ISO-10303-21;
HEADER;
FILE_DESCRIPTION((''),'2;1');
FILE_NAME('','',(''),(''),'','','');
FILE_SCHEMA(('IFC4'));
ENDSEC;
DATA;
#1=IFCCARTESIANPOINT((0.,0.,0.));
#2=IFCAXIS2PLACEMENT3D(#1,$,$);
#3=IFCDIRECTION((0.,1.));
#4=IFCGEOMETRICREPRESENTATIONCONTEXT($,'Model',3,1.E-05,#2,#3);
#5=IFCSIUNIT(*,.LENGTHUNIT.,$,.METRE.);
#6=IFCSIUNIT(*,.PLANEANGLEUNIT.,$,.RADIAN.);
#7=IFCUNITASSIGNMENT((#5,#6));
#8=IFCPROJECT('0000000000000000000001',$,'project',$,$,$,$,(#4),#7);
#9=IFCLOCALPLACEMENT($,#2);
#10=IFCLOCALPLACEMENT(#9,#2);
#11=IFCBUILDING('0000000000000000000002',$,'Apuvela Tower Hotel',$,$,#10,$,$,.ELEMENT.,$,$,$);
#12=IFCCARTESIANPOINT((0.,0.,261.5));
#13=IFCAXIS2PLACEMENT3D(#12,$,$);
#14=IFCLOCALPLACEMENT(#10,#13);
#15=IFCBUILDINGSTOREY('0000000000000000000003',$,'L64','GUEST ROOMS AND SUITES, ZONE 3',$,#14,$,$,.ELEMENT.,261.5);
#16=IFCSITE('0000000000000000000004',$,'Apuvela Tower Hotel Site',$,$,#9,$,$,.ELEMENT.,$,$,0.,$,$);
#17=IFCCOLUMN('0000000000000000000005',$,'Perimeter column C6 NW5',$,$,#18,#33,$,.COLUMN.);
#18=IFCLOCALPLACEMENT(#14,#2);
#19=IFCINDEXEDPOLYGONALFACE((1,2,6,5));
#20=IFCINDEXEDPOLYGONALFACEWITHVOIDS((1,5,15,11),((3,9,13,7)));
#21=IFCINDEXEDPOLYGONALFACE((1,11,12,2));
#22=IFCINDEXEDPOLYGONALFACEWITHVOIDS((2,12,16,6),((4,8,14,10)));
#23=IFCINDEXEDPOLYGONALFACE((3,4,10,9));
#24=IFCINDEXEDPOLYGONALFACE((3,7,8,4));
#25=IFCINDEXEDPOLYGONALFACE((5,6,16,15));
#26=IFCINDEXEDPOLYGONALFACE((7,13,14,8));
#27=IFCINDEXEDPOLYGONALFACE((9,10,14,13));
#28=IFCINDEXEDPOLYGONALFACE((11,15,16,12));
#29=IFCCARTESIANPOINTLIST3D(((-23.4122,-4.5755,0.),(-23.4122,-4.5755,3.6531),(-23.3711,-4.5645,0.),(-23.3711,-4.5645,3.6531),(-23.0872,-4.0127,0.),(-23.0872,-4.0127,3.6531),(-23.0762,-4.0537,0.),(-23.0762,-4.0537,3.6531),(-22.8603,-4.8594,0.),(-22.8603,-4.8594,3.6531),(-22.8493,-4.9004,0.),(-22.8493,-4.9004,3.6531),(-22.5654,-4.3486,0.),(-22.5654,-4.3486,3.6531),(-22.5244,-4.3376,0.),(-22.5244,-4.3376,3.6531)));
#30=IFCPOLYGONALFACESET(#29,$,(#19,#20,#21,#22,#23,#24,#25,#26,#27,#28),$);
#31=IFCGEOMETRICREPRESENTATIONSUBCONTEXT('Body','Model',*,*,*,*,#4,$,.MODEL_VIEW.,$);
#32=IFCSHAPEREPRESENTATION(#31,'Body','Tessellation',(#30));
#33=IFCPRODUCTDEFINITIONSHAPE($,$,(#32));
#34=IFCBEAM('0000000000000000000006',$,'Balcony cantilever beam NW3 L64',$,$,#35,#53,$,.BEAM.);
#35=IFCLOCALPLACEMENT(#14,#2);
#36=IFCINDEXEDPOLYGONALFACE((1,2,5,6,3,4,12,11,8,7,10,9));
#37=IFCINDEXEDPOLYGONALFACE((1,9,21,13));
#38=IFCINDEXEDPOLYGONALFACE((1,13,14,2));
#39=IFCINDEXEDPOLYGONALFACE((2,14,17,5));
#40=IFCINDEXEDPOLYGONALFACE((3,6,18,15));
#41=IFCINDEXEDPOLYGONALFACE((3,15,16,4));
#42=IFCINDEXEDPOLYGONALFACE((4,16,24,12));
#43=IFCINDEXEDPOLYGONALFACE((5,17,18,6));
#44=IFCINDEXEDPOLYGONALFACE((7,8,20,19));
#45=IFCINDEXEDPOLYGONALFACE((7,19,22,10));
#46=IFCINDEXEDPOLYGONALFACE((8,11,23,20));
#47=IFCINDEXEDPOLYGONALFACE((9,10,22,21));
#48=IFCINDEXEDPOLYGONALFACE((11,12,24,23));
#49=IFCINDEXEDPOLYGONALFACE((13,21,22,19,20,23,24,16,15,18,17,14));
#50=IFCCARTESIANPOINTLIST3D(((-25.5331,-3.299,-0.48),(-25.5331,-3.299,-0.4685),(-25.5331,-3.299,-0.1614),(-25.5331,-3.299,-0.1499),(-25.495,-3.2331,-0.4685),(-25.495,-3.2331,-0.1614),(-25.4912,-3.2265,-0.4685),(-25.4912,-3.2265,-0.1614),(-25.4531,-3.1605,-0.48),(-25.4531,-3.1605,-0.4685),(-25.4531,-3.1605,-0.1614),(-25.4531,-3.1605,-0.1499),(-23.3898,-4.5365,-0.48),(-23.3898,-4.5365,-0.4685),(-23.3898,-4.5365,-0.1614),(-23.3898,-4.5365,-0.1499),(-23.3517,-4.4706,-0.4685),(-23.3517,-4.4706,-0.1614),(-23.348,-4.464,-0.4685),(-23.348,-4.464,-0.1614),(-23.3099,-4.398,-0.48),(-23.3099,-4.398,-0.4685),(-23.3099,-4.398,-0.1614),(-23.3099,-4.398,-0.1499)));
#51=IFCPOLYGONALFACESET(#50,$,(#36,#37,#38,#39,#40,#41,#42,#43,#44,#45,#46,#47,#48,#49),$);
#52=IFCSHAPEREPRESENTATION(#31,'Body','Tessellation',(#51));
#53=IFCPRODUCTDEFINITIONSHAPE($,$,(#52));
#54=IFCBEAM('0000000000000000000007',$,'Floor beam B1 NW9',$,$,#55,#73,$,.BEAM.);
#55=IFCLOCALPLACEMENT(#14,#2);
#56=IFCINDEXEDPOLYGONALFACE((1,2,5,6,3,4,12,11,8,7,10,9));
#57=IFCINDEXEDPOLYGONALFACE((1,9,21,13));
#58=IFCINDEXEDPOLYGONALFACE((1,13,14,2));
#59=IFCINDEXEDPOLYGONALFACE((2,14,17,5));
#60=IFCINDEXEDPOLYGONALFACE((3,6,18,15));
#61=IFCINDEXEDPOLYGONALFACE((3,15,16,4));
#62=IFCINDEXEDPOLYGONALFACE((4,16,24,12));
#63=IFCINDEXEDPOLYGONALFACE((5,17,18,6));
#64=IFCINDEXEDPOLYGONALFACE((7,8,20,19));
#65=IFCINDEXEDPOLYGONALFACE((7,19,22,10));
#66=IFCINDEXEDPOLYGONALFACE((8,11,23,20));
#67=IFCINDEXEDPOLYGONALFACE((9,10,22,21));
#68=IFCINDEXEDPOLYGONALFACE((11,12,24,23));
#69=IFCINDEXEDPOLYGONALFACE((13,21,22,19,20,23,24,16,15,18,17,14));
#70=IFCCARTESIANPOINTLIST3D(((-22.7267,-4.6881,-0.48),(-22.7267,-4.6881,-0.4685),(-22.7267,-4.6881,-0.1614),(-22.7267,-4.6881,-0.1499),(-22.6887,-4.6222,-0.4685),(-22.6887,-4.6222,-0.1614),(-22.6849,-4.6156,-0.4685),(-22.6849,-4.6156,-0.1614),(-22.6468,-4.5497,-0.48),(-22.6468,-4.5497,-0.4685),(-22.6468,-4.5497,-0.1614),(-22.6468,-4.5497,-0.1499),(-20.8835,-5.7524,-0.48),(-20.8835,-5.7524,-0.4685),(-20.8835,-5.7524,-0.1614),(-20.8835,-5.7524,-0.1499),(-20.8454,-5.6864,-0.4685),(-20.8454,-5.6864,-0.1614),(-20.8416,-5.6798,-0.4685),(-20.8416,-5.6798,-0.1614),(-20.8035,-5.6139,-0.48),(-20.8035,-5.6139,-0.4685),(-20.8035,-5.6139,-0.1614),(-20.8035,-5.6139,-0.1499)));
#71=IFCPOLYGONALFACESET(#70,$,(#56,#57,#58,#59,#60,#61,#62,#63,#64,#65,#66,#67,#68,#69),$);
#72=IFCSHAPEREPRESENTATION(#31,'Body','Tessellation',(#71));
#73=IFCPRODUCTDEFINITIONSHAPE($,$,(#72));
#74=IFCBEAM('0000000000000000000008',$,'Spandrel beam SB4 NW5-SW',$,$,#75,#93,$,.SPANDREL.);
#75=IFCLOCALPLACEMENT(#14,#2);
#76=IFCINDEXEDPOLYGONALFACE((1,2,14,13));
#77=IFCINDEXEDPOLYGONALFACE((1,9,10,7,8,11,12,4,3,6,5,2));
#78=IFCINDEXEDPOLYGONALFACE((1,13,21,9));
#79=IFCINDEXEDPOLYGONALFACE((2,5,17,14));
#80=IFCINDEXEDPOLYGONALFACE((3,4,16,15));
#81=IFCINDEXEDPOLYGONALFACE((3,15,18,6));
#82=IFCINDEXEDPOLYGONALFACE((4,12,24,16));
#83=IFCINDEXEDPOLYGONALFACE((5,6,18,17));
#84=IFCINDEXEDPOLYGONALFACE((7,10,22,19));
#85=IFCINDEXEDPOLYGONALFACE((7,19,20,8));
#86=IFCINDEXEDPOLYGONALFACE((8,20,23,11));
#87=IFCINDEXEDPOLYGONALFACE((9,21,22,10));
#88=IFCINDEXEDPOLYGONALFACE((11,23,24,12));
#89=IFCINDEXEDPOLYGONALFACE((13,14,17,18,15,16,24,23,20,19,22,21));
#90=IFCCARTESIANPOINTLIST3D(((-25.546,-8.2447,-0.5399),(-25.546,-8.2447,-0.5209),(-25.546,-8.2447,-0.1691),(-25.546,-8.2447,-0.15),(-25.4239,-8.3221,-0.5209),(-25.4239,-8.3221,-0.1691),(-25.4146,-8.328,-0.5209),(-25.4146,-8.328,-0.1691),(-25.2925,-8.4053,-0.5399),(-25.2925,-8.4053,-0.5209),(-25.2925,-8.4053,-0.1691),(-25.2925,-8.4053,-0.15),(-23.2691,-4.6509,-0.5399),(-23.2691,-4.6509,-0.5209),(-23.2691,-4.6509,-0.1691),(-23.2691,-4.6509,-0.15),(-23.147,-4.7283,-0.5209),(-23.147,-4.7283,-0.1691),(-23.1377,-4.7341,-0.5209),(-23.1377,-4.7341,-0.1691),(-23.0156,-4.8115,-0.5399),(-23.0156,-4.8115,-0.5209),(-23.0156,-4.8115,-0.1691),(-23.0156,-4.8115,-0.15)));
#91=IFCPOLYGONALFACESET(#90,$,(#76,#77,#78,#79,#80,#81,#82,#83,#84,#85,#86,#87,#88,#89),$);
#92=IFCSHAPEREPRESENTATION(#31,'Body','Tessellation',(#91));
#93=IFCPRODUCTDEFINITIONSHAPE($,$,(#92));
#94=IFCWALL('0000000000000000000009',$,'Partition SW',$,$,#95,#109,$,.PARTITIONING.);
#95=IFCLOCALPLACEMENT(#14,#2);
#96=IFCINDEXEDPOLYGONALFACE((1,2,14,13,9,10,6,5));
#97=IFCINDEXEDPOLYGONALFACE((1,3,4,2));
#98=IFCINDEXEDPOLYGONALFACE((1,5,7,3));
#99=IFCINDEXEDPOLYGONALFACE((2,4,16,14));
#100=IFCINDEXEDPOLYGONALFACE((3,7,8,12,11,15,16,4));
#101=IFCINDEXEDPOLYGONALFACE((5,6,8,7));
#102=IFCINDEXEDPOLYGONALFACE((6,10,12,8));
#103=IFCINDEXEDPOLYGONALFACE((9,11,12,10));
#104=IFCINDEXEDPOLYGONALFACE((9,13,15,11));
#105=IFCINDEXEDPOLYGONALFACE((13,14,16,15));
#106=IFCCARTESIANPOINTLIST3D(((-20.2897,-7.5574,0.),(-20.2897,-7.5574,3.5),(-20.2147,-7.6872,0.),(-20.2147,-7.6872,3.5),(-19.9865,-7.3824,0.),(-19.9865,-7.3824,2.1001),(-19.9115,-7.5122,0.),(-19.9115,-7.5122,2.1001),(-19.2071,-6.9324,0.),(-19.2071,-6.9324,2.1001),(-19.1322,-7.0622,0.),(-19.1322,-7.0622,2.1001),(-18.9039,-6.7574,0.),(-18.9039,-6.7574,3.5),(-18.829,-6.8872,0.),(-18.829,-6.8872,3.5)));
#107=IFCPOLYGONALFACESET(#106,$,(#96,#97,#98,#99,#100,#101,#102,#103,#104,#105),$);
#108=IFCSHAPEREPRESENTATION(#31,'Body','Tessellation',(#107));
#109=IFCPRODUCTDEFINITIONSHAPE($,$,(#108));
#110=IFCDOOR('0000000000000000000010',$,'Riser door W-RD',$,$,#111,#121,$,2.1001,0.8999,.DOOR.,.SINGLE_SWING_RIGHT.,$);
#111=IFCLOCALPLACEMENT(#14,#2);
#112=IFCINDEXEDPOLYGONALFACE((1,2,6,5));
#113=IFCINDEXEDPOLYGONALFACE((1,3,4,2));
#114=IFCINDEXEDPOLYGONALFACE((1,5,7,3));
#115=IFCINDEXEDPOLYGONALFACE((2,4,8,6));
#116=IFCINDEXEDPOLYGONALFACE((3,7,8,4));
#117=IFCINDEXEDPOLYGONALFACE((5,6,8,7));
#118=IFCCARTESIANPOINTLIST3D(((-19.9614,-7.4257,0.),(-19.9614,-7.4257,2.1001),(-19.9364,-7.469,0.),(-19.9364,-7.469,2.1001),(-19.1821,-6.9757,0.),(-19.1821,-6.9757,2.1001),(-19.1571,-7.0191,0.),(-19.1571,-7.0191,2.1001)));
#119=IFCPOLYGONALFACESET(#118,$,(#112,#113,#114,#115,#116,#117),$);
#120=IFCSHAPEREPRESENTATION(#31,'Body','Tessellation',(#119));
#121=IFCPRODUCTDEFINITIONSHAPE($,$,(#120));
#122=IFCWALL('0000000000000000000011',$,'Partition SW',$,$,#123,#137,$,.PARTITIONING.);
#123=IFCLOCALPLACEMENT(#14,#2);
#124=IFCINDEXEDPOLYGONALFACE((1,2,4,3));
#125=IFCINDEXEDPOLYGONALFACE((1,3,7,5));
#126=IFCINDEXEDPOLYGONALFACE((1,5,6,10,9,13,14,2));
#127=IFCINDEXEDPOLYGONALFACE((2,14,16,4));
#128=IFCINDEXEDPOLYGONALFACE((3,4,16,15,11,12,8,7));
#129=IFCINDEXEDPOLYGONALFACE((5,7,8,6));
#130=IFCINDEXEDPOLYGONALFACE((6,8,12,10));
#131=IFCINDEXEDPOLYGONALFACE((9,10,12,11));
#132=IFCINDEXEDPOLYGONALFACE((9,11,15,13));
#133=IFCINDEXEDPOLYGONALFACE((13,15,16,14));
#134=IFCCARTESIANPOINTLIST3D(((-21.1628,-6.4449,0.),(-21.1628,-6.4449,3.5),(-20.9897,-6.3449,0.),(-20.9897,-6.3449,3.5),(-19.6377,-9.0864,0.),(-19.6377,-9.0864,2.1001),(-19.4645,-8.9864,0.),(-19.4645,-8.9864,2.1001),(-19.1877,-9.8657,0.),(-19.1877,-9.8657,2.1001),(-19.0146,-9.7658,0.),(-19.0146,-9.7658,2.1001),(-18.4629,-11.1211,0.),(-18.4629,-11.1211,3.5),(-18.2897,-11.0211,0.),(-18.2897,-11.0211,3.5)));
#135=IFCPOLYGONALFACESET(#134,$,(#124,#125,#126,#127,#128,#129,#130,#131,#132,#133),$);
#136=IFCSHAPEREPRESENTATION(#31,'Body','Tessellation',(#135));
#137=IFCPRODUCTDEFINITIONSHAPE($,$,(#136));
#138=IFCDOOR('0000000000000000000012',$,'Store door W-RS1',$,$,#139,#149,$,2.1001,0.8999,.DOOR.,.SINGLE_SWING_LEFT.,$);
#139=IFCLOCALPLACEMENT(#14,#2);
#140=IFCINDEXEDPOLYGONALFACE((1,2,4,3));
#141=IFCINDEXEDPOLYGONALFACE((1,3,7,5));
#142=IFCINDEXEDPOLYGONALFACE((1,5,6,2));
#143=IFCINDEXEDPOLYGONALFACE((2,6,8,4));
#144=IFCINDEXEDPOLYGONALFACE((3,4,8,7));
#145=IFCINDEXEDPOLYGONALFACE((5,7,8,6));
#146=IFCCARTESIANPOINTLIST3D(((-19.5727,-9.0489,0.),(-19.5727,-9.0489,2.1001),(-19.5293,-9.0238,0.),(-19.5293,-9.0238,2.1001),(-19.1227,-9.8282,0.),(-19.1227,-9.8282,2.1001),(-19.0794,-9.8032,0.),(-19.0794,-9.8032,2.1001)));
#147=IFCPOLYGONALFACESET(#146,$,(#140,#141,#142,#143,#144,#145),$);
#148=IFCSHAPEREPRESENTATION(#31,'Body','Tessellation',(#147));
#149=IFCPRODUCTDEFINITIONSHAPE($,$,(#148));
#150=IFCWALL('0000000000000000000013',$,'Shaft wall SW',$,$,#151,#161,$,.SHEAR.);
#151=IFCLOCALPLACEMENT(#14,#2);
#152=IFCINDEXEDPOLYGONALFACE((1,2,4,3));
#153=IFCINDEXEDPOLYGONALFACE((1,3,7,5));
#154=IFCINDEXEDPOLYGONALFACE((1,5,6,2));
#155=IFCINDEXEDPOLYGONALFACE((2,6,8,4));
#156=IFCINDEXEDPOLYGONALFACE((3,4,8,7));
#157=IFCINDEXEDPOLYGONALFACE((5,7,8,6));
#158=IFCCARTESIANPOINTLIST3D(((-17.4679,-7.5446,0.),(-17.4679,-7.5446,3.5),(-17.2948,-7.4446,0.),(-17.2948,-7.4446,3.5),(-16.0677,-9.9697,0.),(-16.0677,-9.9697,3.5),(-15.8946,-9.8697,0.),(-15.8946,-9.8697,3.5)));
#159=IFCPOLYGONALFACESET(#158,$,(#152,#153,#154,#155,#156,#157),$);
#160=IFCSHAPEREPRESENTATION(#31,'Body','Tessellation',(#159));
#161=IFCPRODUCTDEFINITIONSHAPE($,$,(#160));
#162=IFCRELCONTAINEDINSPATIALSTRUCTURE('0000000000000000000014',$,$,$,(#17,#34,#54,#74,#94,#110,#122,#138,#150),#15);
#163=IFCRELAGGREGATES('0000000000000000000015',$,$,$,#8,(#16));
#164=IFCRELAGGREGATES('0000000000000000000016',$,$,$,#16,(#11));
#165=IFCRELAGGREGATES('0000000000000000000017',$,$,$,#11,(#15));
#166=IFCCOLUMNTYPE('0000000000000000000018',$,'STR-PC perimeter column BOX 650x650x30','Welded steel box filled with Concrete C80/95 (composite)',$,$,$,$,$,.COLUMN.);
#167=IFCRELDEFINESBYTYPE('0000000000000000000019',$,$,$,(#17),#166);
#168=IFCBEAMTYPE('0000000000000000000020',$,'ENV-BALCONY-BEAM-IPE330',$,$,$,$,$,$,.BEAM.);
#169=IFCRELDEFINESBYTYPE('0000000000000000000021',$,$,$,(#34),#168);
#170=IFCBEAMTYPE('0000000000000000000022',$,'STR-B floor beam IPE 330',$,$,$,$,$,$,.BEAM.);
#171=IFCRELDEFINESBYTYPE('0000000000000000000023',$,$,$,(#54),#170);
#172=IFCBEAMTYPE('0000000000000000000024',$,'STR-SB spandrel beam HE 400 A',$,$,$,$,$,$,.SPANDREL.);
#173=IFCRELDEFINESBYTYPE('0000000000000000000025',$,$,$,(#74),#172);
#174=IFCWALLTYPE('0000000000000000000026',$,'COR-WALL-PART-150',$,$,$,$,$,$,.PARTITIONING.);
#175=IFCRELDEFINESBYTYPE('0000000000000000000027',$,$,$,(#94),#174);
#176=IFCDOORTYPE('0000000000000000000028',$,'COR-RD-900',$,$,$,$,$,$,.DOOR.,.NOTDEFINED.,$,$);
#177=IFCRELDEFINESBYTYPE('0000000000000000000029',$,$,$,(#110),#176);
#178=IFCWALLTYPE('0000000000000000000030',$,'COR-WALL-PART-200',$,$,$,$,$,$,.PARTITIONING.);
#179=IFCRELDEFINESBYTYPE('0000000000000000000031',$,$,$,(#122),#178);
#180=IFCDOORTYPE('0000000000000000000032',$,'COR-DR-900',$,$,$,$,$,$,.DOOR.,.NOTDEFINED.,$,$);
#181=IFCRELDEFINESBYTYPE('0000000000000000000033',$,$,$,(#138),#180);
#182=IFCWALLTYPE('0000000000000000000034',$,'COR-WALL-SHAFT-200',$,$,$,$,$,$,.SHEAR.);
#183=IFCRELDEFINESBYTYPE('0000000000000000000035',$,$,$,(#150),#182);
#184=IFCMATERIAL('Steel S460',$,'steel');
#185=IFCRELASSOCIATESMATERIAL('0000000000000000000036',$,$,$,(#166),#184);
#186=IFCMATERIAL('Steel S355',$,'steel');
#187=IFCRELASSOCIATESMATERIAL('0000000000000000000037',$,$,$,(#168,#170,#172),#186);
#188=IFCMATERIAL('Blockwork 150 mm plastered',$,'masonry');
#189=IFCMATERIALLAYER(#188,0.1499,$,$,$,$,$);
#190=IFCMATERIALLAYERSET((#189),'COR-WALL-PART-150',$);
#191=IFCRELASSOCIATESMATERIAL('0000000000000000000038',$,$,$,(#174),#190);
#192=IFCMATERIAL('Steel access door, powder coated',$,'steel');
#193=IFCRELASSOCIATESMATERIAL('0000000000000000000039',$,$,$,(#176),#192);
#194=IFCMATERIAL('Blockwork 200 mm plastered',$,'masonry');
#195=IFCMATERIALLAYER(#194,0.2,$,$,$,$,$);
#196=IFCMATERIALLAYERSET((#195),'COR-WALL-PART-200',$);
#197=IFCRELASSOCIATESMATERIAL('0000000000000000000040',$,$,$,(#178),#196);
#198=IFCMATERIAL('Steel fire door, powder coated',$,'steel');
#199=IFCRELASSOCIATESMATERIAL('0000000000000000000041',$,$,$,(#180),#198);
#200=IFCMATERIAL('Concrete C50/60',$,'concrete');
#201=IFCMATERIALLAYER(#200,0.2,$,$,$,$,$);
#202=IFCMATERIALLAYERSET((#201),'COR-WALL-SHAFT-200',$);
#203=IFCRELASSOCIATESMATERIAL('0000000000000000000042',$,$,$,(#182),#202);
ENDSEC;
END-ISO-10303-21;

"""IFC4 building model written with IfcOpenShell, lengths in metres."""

from ifc_helpers import new_model, si_unit, direction, frame, frame_2d, origin, origin_2d, place, context, subcontext, project, spatial, rectangle, hollow_rectangle, i_section, extrude, boolean, halfspace, material, layer, layer_set, material_profile, profile_set, type_object, element, fill, save


model = new_model("IFC4")

# Units and contexts
model_context = context("Model", 3, precision=1e-05, world=origin(), true_north=direction((0.0, 1.0)))
body_context = subcontext(model_context, "Body", "Model", "MODEL_VIEW")
ifc_project = project(units=[si_unit("LENGTHUNIT", "METRE"), si_unit("PLANEANGLEUNIT", "RADIAN")], contexts=[model_context])

# Site, building, storey
site_placement = place(None, origin())
site = spatial("IfcSite", under=ifc_project, at=site_placement, Name="Apuvela Tower Hotel Site", CompositionType="ELEMENT", RefElevation=0.0)
building_placement = place(site_placement, origin())
building = spatial("IfcBuilding", under=site, at=building_placement, Name="Apuvela Tower Hotel", CompositionType="ELEMENT")
storey_placement = place(building_placement, frame((0.0, 0.0, 261.5)))
storey = spatial("IfcBuildingStorey", under=building, at=storey_placement, Name="L64", Description="GUEST ROOMS AND SUITES, ZONE 3", CompositionType="ELEMENT", Elevation=261.5)

# Column
ifc_material_1 = material(Name="Steel S460", Category="steel")
ifc_material_profile_1 = material_profile(ifc_material_1, hollow_rectangle(XDim=0.6499, YDim=0.6499, WallThickness=0.03, at=origin_2d()), Name="BOX 650x650x30")
ifc_material_2 = material(Name="Concrete C80/95", Category="concrete")
ifc_material_profile_2 = material_profile(ifc_material_2, rectangle(XDim=0.5901, YDim=0.5901, at=origin_2d()), Name="Concrete C80/95 infill")
ifc_profile_set_1 = profile_set([ifc_material_profile_1, ifc_material_profile_2], Name="Steel S460")
column_type = type_object("IfcColumnType", Name="STR-PC perimeter column BOX 650x650x30", Description="Welded steel box filled with Concrete C80/95 (composite)", PredefinedType="COLUMN", material=ifc_profile_set_1)
column_placement = place(storey_placement, frame((-22.9683, -4.4565, 0.0), z_axis=(0.0, 0.0, 1.0), x_axis=(0.5, 0.866025, 0.0)))
element("IfcColumn", 1, at=column_placement, inside=storey, type_object=column_type, Name="Perimeter column C6 NW5", PredefinedType="COLUMN", context=body_context, shape_type="SweptSolid", body=[
    boolean("DIFFERENCE", extrude(hollow_rectangle(XDim=0.6499, YDim=0.6499, WallThickness=0.03, at=origin_2d()), origin(), (0.0, 0.0, 1.0), 3.7), halfspace(frame((0.0, 0.0, 3.6531), z_axis=(0.0, 0.0, 1.0), x_axis=(1.0, 0.0, 0.0)), False)),
])

# Beams
ifc_material_3 = material(Name="Steel S355", Category="steel")
ifc_material_profile_3 = material_profile(ifc_material_3, i_section(OverallWidth=0.1599, OverallDepth=0.3301, WebThickness=0.0076, FlangeThickness=0.0115, at=origin_2d()), Name="IPE 330")
ifc_profile_set_2 = profile_set([ifc_material_profile_3], Name="Steel S355")
beam_type_1 = type_object("IfcBeamType", Name="ENV-BALCONY-BEAM-IPE330", PredefinedType="BEAM", material=ifc_profile_set_2)
beam_1_placement = place(storey_placement, frame((-23.3499, -4.4673, -0.3149), z_axis=(-0.866007, 0.500033, 0.0), x_axis=(-0.500033, -0.866007, 0.0)))
element("IfcBeam", 2, at=beam_1_placement, inside=storey, type_object=beam_type_1, Name="Balcony cantilever beam NW3 L64", PredefinedType="BEAM", context=body_context, shape_type="SweptSolid", body=[
    extrude(i_section(OverallWidth=0.1599, OverallDepth=0.3301, WebThickness=0.0076, FlangeThickness=0.0115, at=origin_2d()), origin(), (0.0, 0.0, 1.0), 2.4749),
])
ifc_material_profile_4 = material_profile(ifc_material_3, i_section(OverallWidth=0.1599, OverallDepth=0.3301, WebThickness=0.0076, FlangeThickness=0.0115, at=origin_2d()), Name="IPE 330")
ifc_profile_set_3 = profile_set([ifc_material_profile_4], Name="Steel S355")
beam_type_2 = type_object("IfcBeamType", Name="STR-B floor beam IPE 330", PredefinedType="BEAM", material=ifc_profile_set_3)
beam_2_placement = place(storey_placement, frame((-22.6868, -4.6189, -0.3149), z_axis=(0.866025, -0.5, 0.0), x_axis=(0.5, 0.866025, 0.0)))
element("IfcBeam", 3, at=beam_2_placement, inside=storey, type_object=beam_type_2, Name="Floor beam B1 NW9", PredefinedType="BEAM", context=body_context, shape_type="SweptSolid", body=[
    extrude(i_section(OverallWidth=0.1599, OverallDepth=0.3301, WebThickness=0.0076, FlangeThickness=0.0115, at=origin_2d()), origin(), (0.0, 0.0, 1.0), 2.1284),
])
ifc_material_profile_5 = material_profile(ifc_material_3, i_section(OverallWidth=0.3, OverallDepth=0.3899, WebThickness=0.011, FlangeThickness=0.019, at=origin_2d()), Name="HE 400 A")
ifc_profile_set_4 = profile_set([ifc_material_profile_5], Name="Steel S355")
beam_type_3 = type_object("IfcBeamType", Name="STR-SB spandrel beam HE 400 A", PredefinedType="SPANDREL", material=ifc_profile_set_4)
beam_3_placement = place(storey_placement, frame((-23.1423, -4.7312, -0.345), z_axis=(-0.535189, -0.844733, 0.0), x_axis=(0.844733, -0.535189, 0.0)))
element("IfcBeam", 4, at=beam_3_placement, inside=storey, type_object=beam_type_3, Name="Spandrel beam SB4 NW5-SW", PredefinedType="SPANDREL", context=body_context, shape_type="SweptSolid", body=[
    extrude(i_section(OverallWidth=0.3, OverallDepth=0.3899, WebThickness=0.011, FlangeThickness=0.019, at=origin_2d()), origin(), (0.0, 0.0, 1.0), 4.2544),
])

# Walls, openings, doors
ifc_material_4 = material(Name="Blockwork 150 mm plastered", Category="masonry")
ifc_layer_1 = layer(ifc_material_4, 0.1499)
ifc_layer_set_1 = layer_set([ifc_layer_1], Name="COR-WALL-PART-150")
wall_type_1 = type_object("IfcWallType", Name="COR-WALL-PART-150", PredefinedType="PARTITIONING", material=ifc_layer_set_1)
wall_1_placement = place(storey_placement, frame((-18.8665, -6.8223, 0.0), z_axis=(0.0, 0.0, 1.0), x_axis=(-0.866028, -0.499995, 0.0)))
wall_1 = element("IfcWall", 5, at=wall_1_placement, inside=storey, type_object=wall_type_1, Name="Partition SW", PredefinedType="PARTITIONING", context=body_context, shape_type="SweptSolid", body=[
    extrude(rectangle(XDim=1.6001, YDim=0.1499, at=frame_2d((0.8, 0.0))), origin(), (0.0, 0.0, 1.0), 3.5),
])
opening_1_placement = place(wall_1_placement, frame((0.3501, 0.0, 0.0)))
opening_1 = element("IfcOpeningElement", 6, at=opening_1_placement, cuts=wall_1, PredefinedType="OPENING", context=body_context, shape_type="SweptSolid", body=[
    extrude(rectangle(XDim=0.8999, YDim=2.1001, at=frame_2d((0.45, 1.05))), frame((0.0, 0.085, 0.0), z_axis=(0.0, -1.0, 0.0), x_axis=(1.0, 0.0, 0.0)), (0.0, 0.0, 1.0), 0.1699),
])
ifc_material_5 = material(Name="Steel access door, powder coated", Category="steel")
door_type_1 = type_object("IfcDoorType", Name="COR-RD-900", OperationType="NOTDEFINED", PredefinedType="DOOR", material=ifc_material_5)
door_1_placement = place(opening_1_placement, frame((0.8999, 0.0, 0.0), z_axis=(0.0, 0.0, 1.0), x_axis=(-1.0, 0.0, 0.0)))
door_1 = element("IfcDoor", 7, at=door_1_placement, inside=storey, type_object=door_type_1, Name="Riser door W-RD", OperationType="SINGLE_SWING_RIGHT", OverallHeight=2.1001, OverallWidth=0.8999, PredefinedType="DOOR", context=body_context, shape_type="SweptSolid", body=[
    extrude(rectangle(XDim=0.8999, YDim=2.1001, at=frame_2d((0.45, 1.05))), frame((0.0, 0.0249, 0.0), z_axis=(0.0, -1.0, 0.0), x_axis=(1.0, 0.0, 0.0)), (0.0, 0.0, 1.0), 0.05),
])
fill(opening_1, door_1)
ifc_material_6 = material(Name="Blockwork 200 mm plastered", Category="masonry")
ifc_layer_2 = layer(ifc_material_6, 0.2)
ifc_layer_set_2 = layer_set([ifc_layer_2], Name="COR-WALL-PART-200")
wall_type_2 = type_object("IfcWallType", Name="COR-WALL-PART-200", PredefinedType="PARTITIONING", material=ifc_layer_set_2)
wall_2_placement = place(storey_placement, frame((-21.0762, -6.395, 0.0), z_axis=(0.0, 0.0, 1.0), x_axis=(0.500015, -0.866017, 0.0)))
wall_2 = element("IfcWall", 8, at=wall_2_placement, inside=storey, type_object=wall_type_2, Name="Partition SW", PredefinedType="PARTITIONING", context=body_context, shape_type="SweptSolid", body=[
    extrude(rectangle(XDim=5.3997, YDim=0.2, at=frame_2d((2.6997, 0.0))), origin(), (0.0, 0.0, 1.0), 3.5),
])
opening_2_placement = place(wall_2_placement, frame((3.05, 0.0, 0.0)))
opening_2 = element("IfcOpeningElement", 9, at=opening_2_placement, cuts=wall_2, PredefinedType="OPENING", context=body_context, shape_type="SweptSolid", body=[
    extrude(rectangle(XDim=0.8999, YDim=2.1001, at=frame_2d((0.45, 1.05))), frame((0.0, 0.1099, 0.0), z_axis=(0.0, -1.0, 0.0), x_axis=(1.0, 0.0, 0.0)), (0.0, 0.0, 1.0), 0.22),
])
ifc_material_7 = material(Name="Steel fire door, powder coated", Category="steel")
door_type_2 = type_object("IfcDoorType", Name="COR-DR-900", OperationType="NOTDEFINED", PredefinedType="DOOR", material=ifc_material_7)
door_2_placement = place(opening_2_placement, frame((0.8999, 0.0, 0.0), z_axis=(0.0, 0.0, 1.0), x_axis=(-1.0, 0.0, 0.0)))
door_2 = element("IfcDoor", 10, at=door_2_placement, inside=storey, type_object=door_type_2, Name="Store door W-RS1", OperationType="SINGLE_SWING_LEFT", OverallHeight=2.1001, OverallWidth=0.8999, PredefinedType="DOOR", context=body_context, shape_type="SweptSolid", body=[
    extrude(rectangle(XDim=0.8999, YDim=2.1001, at=frame_2d((0.45, 1.05))), frame((0.0, 0.0249, 0.0), z_axis=(0.0, -1.0, 0.0), x_axis=(1.0, 0.0, 0.0)), (0.0, 0.0, 1.0), 0.05),
])
fill(opening_2, door_2)

# Wall
ifc_material_8 = material(Name="Concrete C50/60", Category="concrete")
ifc_layer_3 = layer(ifc_material_8, 0.2)
ifc_layer_set_3 = layer_set([ifc_layer_3], Name="COR-WALL-SHAFT-200")
wall_type_3 = type_object("IfcWallType", Name="COR-WALL-SHAFT-200", PredefinedType="SHEAR", material=ifc_layer_set_3)
wall_3_placement = place(storey_placement, frame((-17.3813, -7.4946, 0.0), z_axis=(0.0, 0.0, 1.0), x_axis=(0.500012, -0.866019, 0.0)))
element("IfcWall", 11, at=wall_3_placement, inside=storey, type_object=wall_type_3, Name="Shaft wall SW", PredefinedType="SHEAR", context=body_context, shape_type="SweptSolid", body=[
    extrude(rectangle(XDim=2.8003, YDim=0.2, at=frame_2d((1.4001, 0.0))), origin(), (0.0, 0.0, 1.0), 3.5),
])

save(model, "model.ifc")
